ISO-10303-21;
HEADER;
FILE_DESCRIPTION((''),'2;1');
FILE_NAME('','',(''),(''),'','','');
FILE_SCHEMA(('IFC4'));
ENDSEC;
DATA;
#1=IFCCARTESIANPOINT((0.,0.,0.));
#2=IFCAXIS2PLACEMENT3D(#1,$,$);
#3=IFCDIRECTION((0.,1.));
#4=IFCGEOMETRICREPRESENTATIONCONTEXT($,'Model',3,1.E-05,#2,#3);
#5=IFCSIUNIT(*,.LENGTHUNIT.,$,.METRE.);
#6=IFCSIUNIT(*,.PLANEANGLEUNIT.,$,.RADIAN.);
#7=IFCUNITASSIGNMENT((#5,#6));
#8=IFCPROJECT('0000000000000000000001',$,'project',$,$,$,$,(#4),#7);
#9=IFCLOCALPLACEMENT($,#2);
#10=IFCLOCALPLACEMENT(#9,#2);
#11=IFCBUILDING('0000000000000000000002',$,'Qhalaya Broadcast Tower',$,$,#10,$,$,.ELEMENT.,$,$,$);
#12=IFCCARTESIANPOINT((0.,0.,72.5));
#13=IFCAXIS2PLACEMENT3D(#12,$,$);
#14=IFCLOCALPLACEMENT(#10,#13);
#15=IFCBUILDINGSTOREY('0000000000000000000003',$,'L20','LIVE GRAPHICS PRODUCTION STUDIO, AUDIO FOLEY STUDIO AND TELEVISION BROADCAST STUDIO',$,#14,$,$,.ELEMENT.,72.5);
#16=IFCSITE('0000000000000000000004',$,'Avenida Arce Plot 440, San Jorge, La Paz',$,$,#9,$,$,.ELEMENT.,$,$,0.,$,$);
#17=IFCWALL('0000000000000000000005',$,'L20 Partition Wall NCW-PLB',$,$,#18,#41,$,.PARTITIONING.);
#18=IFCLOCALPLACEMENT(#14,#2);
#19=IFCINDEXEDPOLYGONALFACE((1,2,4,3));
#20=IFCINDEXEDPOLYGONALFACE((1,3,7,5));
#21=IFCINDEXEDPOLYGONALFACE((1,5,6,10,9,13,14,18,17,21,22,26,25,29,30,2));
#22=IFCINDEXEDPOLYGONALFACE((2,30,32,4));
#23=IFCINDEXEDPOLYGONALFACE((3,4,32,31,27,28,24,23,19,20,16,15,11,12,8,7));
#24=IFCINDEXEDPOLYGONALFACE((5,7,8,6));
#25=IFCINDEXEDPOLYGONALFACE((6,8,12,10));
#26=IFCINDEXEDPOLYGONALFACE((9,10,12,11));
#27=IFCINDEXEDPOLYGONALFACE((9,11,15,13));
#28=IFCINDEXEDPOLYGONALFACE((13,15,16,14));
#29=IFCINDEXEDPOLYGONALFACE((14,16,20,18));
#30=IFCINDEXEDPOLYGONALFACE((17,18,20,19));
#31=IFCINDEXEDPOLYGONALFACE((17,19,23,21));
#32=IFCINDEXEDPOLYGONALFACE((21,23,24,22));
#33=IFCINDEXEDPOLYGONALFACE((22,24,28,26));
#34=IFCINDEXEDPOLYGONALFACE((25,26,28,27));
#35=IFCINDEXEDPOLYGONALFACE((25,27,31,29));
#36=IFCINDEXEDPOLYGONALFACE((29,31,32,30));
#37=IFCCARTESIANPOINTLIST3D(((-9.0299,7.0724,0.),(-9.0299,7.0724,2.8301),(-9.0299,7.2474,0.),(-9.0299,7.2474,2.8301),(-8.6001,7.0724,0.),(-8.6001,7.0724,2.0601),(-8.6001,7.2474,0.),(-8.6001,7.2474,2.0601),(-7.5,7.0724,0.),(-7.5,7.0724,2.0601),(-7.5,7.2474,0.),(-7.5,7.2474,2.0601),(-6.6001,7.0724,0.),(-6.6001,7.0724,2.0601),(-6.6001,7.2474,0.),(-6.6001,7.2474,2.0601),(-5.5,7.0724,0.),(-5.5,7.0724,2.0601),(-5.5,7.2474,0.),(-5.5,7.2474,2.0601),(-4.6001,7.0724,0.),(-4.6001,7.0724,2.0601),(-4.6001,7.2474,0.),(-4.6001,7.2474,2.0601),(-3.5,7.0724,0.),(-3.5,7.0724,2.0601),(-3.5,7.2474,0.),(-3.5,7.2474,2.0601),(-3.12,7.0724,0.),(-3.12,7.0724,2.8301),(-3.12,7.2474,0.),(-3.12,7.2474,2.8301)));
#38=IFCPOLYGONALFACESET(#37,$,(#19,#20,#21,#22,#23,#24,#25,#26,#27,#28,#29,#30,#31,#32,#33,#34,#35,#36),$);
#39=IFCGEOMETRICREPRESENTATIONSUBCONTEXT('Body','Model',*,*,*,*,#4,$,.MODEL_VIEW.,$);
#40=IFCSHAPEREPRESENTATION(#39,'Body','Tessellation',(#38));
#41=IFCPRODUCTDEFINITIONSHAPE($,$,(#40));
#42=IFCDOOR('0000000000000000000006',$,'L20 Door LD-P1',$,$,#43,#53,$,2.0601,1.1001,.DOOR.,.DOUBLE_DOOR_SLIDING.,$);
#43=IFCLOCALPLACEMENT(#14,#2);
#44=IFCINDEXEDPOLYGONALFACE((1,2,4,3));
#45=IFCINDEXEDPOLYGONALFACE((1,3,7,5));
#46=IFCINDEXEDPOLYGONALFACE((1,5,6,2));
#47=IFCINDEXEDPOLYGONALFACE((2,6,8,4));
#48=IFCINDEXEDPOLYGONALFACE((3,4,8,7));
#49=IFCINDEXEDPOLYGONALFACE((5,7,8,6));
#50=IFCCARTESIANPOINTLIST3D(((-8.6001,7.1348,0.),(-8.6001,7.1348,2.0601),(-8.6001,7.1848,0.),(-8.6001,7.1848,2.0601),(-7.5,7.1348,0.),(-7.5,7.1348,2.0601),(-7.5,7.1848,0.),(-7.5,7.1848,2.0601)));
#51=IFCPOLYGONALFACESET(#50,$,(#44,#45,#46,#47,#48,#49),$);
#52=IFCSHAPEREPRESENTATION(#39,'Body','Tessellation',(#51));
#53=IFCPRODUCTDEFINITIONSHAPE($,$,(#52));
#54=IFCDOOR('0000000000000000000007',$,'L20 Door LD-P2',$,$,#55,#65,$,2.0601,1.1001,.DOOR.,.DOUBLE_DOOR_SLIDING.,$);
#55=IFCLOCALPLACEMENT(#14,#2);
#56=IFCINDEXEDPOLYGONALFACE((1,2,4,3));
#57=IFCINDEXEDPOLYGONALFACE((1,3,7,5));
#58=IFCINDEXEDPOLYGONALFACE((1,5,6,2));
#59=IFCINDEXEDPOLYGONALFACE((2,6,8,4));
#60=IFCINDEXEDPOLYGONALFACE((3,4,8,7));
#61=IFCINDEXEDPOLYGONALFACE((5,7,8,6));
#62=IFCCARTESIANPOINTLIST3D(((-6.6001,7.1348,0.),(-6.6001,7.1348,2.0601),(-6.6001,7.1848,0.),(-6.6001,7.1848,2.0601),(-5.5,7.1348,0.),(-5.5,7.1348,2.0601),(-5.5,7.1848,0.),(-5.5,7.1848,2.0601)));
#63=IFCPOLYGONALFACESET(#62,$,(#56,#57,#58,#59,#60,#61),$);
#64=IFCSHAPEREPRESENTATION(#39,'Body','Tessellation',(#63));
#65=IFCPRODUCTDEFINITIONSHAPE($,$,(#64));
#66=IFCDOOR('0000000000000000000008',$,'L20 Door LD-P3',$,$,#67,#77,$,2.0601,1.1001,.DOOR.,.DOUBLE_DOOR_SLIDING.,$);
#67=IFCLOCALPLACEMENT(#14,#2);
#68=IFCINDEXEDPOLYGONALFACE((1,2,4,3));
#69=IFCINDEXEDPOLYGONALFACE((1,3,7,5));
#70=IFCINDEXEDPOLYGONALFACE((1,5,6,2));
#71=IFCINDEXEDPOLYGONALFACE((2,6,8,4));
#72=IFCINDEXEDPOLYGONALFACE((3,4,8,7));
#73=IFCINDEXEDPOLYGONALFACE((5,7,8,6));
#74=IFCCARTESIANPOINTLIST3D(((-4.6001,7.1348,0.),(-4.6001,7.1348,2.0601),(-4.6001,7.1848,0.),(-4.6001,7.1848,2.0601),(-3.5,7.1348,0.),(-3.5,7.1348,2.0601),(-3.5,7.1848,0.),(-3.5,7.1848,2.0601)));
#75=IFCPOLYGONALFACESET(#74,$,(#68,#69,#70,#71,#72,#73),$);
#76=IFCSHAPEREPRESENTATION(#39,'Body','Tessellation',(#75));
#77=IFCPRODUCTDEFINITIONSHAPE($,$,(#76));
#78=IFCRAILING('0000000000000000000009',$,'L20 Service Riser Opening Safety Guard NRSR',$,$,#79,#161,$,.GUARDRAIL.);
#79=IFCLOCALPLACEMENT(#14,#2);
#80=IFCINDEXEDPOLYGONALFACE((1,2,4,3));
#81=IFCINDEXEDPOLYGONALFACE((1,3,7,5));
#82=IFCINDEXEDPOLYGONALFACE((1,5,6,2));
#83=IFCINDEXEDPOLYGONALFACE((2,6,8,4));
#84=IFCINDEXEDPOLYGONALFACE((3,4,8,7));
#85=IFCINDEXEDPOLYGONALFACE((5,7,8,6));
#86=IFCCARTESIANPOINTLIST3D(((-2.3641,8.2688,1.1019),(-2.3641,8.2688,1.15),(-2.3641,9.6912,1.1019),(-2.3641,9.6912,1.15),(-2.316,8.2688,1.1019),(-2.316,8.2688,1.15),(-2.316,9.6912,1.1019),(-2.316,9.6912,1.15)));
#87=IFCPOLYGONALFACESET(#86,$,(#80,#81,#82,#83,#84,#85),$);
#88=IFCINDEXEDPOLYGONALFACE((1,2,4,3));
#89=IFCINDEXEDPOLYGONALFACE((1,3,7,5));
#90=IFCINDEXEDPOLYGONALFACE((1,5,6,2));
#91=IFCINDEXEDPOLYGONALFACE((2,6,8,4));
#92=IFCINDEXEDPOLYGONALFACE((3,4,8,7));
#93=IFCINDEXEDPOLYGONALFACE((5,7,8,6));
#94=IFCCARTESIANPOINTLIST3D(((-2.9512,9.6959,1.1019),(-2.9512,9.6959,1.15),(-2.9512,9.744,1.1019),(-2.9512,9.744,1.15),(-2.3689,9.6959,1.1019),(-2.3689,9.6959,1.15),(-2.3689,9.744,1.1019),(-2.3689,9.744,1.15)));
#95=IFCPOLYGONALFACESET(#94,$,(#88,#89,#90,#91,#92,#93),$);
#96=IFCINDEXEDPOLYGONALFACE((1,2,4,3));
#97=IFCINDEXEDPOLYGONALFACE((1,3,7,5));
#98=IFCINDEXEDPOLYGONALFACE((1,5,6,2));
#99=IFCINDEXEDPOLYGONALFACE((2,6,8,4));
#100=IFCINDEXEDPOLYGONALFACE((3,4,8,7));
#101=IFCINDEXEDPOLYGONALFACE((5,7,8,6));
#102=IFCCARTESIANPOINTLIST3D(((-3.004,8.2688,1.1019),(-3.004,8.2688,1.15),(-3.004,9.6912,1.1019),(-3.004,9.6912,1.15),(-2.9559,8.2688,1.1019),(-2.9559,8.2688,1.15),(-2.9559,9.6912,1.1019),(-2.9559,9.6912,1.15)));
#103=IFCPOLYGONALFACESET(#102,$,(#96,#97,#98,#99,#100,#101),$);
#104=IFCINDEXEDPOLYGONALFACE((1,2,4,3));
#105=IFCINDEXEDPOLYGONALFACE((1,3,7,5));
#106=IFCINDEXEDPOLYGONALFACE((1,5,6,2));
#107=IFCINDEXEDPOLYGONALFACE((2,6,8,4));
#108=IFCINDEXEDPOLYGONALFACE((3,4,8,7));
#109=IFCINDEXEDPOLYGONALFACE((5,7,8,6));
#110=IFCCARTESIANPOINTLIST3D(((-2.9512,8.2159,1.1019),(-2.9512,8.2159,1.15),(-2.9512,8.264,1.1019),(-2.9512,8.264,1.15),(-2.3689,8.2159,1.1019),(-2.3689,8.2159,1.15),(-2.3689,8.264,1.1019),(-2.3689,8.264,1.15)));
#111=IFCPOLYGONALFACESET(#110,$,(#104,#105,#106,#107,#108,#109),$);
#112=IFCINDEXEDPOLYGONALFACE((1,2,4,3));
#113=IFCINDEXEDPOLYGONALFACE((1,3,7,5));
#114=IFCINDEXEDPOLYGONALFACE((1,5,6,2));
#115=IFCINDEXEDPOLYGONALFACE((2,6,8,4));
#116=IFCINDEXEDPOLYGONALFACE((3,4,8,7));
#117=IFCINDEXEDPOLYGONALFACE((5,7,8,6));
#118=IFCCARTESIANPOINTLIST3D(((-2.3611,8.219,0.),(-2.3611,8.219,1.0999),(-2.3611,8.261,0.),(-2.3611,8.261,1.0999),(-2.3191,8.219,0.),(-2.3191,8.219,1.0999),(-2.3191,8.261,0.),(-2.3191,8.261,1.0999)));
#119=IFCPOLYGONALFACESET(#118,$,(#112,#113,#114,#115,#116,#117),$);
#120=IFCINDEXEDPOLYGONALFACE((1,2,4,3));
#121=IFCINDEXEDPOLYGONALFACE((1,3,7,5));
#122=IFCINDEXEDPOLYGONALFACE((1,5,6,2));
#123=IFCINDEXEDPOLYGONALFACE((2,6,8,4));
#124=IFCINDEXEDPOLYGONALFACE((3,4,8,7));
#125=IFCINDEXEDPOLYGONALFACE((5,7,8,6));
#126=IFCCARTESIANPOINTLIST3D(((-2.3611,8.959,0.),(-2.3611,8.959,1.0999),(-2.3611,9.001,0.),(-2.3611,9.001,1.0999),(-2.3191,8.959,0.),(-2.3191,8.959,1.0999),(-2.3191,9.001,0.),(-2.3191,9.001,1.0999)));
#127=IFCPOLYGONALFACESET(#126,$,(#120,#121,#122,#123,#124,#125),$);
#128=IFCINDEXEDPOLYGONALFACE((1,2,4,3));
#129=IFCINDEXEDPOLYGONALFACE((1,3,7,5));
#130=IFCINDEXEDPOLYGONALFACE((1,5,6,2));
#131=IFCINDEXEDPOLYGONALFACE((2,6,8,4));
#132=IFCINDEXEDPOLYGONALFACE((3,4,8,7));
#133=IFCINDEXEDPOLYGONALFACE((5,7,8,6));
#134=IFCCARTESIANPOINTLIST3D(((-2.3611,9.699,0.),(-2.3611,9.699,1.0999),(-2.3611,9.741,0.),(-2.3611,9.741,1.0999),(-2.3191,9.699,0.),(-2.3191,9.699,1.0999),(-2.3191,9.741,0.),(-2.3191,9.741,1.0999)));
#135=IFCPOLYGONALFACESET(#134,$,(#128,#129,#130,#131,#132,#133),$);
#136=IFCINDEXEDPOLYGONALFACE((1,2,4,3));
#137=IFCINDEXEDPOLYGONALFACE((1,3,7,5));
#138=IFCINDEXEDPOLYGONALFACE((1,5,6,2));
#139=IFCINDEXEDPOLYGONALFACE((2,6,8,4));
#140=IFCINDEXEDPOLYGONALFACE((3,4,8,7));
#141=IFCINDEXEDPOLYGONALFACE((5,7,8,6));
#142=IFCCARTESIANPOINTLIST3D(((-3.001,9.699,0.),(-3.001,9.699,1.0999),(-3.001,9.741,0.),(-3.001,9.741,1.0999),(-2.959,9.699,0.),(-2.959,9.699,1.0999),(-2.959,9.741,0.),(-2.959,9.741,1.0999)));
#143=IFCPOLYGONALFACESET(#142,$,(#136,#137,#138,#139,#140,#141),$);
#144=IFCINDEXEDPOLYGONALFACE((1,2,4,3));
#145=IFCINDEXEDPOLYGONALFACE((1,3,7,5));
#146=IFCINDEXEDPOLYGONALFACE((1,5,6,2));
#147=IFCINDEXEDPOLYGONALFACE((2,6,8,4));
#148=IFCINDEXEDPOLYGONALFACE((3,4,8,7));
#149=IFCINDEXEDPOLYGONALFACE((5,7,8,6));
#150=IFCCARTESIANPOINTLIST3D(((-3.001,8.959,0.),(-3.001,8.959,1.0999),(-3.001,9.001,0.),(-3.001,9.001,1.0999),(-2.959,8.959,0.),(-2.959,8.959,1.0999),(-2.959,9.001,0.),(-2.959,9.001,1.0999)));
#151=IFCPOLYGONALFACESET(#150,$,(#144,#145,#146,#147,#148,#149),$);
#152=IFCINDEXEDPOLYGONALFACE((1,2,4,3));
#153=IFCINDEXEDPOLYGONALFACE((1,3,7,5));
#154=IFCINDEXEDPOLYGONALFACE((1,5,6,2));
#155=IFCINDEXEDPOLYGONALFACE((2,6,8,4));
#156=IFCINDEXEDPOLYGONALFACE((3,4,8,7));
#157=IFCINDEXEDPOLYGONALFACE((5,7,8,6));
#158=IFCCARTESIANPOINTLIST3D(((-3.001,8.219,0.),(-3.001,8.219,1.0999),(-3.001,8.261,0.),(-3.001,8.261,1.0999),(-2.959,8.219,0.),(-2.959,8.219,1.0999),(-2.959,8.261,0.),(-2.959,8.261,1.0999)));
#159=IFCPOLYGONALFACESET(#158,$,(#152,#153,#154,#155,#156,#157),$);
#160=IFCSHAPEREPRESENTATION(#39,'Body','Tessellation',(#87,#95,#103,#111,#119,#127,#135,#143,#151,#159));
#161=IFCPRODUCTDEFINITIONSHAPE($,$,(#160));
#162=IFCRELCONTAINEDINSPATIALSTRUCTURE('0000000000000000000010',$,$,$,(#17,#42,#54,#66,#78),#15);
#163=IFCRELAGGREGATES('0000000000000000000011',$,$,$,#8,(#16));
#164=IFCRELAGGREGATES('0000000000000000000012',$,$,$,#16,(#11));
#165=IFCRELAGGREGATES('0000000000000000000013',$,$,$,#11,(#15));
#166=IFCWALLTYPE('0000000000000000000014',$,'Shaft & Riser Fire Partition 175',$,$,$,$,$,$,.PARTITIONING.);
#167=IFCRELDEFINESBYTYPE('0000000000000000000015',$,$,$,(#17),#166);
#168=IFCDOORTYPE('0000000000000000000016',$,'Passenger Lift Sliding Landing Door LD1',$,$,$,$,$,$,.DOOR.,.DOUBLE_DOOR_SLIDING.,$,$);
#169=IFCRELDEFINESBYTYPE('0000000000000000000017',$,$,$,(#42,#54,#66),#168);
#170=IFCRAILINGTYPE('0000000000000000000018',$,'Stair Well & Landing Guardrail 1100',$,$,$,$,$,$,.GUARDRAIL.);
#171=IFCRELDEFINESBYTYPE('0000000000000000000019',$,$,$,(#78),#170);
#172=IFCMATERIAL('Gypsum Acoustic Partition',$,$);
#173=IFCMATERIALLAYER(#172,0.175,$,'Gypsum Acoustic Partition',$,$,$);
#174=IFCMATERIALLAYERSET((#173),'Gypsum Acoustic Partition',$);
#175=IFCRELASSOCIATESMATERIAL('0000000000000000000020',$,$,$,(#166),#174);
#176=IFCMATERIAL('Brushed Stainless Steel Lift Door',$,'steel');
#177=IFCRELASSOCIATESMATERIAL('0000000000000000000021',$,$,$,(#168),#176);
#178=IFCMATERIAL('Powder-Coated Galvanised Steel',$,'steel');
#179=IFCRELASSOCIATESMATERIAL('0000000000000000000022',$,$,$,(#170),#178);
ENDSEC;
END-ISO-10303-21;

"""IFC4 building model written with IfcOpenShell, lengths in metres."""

from ifc_helpers import new_model, si_unit, direction, frame, frame_2d, origin, origin_2d, place, context, subcontext, project, spatial, rectangle, extrude, material, layer, layer_set, type_object, element, fill, save


model = new_model("IFC4")

# Units and contexts
model_context = context("Model", 3, precision=1e-05, world=origin(), true_north=direction((0.0, 1.0)))
body_context = subcontext(model_context, "Body", "Model", "MODEL_VIEW")
ifc_project = project(units=[si_unit("LENGTHUNIT", "METRE"), si_unit("PLANEANGLEUNIT", "RADIAN")], contexts=[model_context])

# Site, building, storey
site_placement = place(None, origin())
site = spatial("IfcSite", under=ifc_project, at=site_placement, Name="Avenida Arce Plot 440, San Jorge, La Paz", CompositionType="ELEMENT", RefElevation=0.0)
building_placement = place(site_placement, origin())
building = spatial("IfcBuilding", under=site, at=building_placement, Name="Qhalaya Broadcast Tower", CompositionType="ELEMENT")
storey_placement = place(building_placement, frame((0.0, 0.0, 72.5)))
storey = spatial("IfcBuildingStorey", under=building, at=storey_placement, Name="L20", Description="LIVE GRAPHICS PRODUCTION STUDIO, AUDIO FOLEY STUDIO AND TELEVISION BROADCAST STUDIO", CompositionType="ELEMENT", Elevation=72.5)

# Shared definitions
ifc_material_1 = material(Name="Gypsum Acoustic Partition")

# Shared definitions
ifc_layer_1 = layer(ifc_material_1, 0.175, Name="Gypsum Acoustic Partition")
ifc_layer_set_1 = layer_set([ifc_layer_1], Name="Gypsum Acoustic Partition")
wall_type_1 = type_object("IfcWallType", Name="Shaft & Riser Fire Partition 175", PredefinedType="PARTITIONING", material=ifc_layer_set_1)

# Wall, openings, doors
wall_1_placement = place(storey_placement, frame((-9.03, 7.1599, 0.0), z_axis=(0.0, 0.0, 1.0), x_axis=(1.0, 0.0, 0.0)))
wall_1 = element("IfcWall", 1, at=wall_1_placement, inside=storey, type_object=wall_type_1, Name="L20 Partition Wall NCW-PLB", PredefinedType="PARTITIONING", context=body_context, shape_type="SweptSolid", body=[
    extrude(rectangle(XDim=5.9099, YDim=0.175, at=frame_2d((2.9551, 0.0))), origin(), (0.0, 0.0, 1.0), 2.8301),
])
opening_1_placement = place(wall_1_placement, frame((0.4299, 0.0, 0.0)))
opening_1 = element("IfcOpeningElement", 2, at=opening_1_placement, cuts=wall_1, PredefinedType="OPENING", context=body_context, shape_type="SweptSolid", body=[
    extrude(rectangle(XDim=1.1001, YDim=2.0601, at=frame_2d((0.55, 1.03))), frame((0.0, 0.0996, 0.0), z_axis=(0.0, -1.0, 0.0), x_axis=(1.0, 0.0, 0.0)), (0.0, 0.0, 1.0), 0.199),
])
opening_2_placement = place(wall_1_placement, frame((2.4299, 0.0, 0.0)))
opening_2 = element("IfcOpeningElement", 3, at=opening_2_placement, cuts=wall_1, PredefinedType="OPENING", context=body_context, shape_type="SweptSolid", body=[
    extrude(rectangle(XDim=1.1001, YDim=2.0601, at=frame_2d((0.55, 1.03))), frame((0.0, 0.0996, 0.0), z_axis=(0.0, -1.0, 0.0), x_axis=(1.0, 0.0, 0.0)), (0.0, 0.0, 1.0), 0.199),
])
opening_3_placement = place(wall_1_placement, frame((4.4299, 0.0, 0.0)))
opening_3 = element("IfcOpeningElement", 4, at=opening_3_placement, cuts=wall_1, PredefinedType="OPENING", context=body_context, shape_type="SweptSolid", body=[
    extrude(rectangle(XDim=1.1001, YDim=2.0601, at=frame_2d((0.55, 1.03))), frame((0.0, 0.0996, 0.0), z_axis=(0.0, -1.0, 0.0), x_axis=(1.0, 0.0, 0.0)), (0.0, 0.0, 1.0), 0.199),
])
ifc_material_2 = material(Name="Brushed Stainless Steel Lift Door", Category="steel")
door_type_1 = type_object("IfcDoorType", Name="Passenger Lift Sliding Landing Door LD1", OperationType="DOUBLE_DOOR_SLIDING", PredefinedType="DOOR", material=ifc_material_2)
door_1_placement = place(opening_1_placement, origin())
door_1 = element("IfcDoor", 5, at=door_1_placement, inside=storey, type_object=door_type_1, Name="L20 Door LD-P1", OperationType="DOUBLE_DOOR_SLIDING", OverallHeight=2.0601, OverallWidth=1.1001, PredefinedType="DOOR", context=body_context, shape_type="SweptSolid", body=[
    extrude(rectangle(XDim=1.1001, YDim=2.0601, at=frame_2d((0.55, 1.03))), frame((0.0, 0.0249, 0.0), z_axis=(0.0, -1.0, 0.0), x_axis=(1.0, 0.0, 0.0)), (0.0, 0.0, 1.0), 0.05),
])
fill(opening_1, door_1)
door_2_placement = place(opening_2_placement, origin())
door_2 = element("IfcDoor", 6, at=door_2_placement, inside=storey, type_object=door_type_1, Name="L20 Door LD-P2", OperationType="DOUBLE_DOOR_SLIDING", OverallHeight=2.0601, OverallWidth=1.1001, PredefinedType="DOOR", context=body_context, shape_type="SweptSolid", body=[
    extrude(rectangle(XDim=1.1001, YDim=2.0601, at=frame_2d((0.55, 1.03))), frame((0.0, 0.0249, 0.0), z_axis=(0.0, -1.0, 0.0), x_axis=(1.0, 0.0, 0.0)), (0.0, 0.0, 1.0), 0.05),
])
fill(opening_2, door_2)
door_3_placement = place(opening_3_placement, origin())
door_3 = element("IfcDoor", 7, at=door_3_placement, inside=storey, type_object=door_type_1, Name="L20 Door LD-P3", OperationType="DOUBLE_DOOR_SLIDING", OverallHeight=2.0601, OverallWidth=1.1001, PredefinedType="DOOR", context=body_context, shape_type="SweptSolid", body=[
    extrude(rectangle(XDim=1.1001, YDim=2.0601, at=frame_2d((0.55, 1.03))), frame((0.0, 0.0249, 0.0), z_axis=(0.0, -1.0, 0.0), x_axis=(1.0, 0.0, 0.0)), (0.0, 0.0, 1.0), 0.05),
])
fill(opening_3, door_3)

# Railing
ifc_material_3 = material(Name="Powder-Coated Galvanised Steel", Category="steel")
railing_type = type_object("IfcRailingType", Name="Stair Well & Landing Guardrail 1100", PredefinedType="GUARDRAIL", material=ifc_material_3)
railing_placement = place(storey_placement, frame((-2.3401, 8.24, 0.0)))
element("IfcRailing", 8, at=railing_placement, inside=storey, type_object=railing_type, Name="L20 Service Riser Opening Safety Guard NRSR", PredefinedType="GUARDRAIL", context=body_context, shape_type="SweptSolid", body=[
    extrude(rectangle(XDim=0.0481, YDim=0.0481, at=origin_2d()), frame((0.0, 0.0288, 1.126), z_axis=(0.0, 1.0, 0.0), x_axis=(-1.0, 0.0, 0.0)), (0.0, 0.0, 1.0), 1.4224),
    extrude(rectangle(XDim=0.0481, YDim=0.0481, at=origin_2d()), frame((-0.0288, 1.48, 1.126), z_axis=(-1.0, 0.0, 0.0), x_axis=(0.0, -1.0, 0.0)), (0.0, 0.0, 1.0), 0.5823),
    extrude(rectangle(XDim=0.0481, YDim=0.0481, at=origin_2d()), frame((-0.6399, 1.4512, 1.126), z_axis=(0.0, -1.0, 0.0), x_axis=(1.0, 0.0, 0.0)), (0.0, 0.0, 1.0), 1.4224),
    extrude(rectangle(XDim=0.0481, YDim=0.0481, at=origin_2d()), frame((-0.6111, 0.0, 1.126), z_axis=(1.0, 0.0, 0.0), x_axis=(0.0, 1.0, 0.0)), (0.0, 0.0, 1.0), 0.5823),
    extrude(rectangle(XDim=0.042, YDim=0.042, at=origin_2d()), origin(), (0.0, 0.0, 1.0), 1.0999),
    extrude(rectangle(XDim=0.042, YDim=0.042, at=origin_2d()), frame((0.0, 0.74, 0.0)), (0.0, 0.0, 1.0), 1.0999),
    extrude(rectangle(XDim=0.042, YDim=0.042, at=origin_2d()), frame((0.0, 1.48, 0.0)), (0.0, 0.0, 1.0), 1.0999),
    extrude(rectangle(XDim=0.042, YDim=0.042, at=origin_2d()), frame((-0.6399, 1.48, 0.0)), (0.0, 0.0, 1.0), 1.0999),
    extrude(rectangle(XDim=0.042, YDim=0.042, at=origin_2d()), frame((-0.6399, 0.74, 0.0)), (0.0, 0.0, 1.0), 1.0999),
    extrude(rectangle(XDim=0.042, YDim=0.042, at=origin_2d()), frame((-0.6399, 0.0, 0.0)), (0.0, 0.0, 1.0), 1.0999),
])

save(model, "model.ifc")
